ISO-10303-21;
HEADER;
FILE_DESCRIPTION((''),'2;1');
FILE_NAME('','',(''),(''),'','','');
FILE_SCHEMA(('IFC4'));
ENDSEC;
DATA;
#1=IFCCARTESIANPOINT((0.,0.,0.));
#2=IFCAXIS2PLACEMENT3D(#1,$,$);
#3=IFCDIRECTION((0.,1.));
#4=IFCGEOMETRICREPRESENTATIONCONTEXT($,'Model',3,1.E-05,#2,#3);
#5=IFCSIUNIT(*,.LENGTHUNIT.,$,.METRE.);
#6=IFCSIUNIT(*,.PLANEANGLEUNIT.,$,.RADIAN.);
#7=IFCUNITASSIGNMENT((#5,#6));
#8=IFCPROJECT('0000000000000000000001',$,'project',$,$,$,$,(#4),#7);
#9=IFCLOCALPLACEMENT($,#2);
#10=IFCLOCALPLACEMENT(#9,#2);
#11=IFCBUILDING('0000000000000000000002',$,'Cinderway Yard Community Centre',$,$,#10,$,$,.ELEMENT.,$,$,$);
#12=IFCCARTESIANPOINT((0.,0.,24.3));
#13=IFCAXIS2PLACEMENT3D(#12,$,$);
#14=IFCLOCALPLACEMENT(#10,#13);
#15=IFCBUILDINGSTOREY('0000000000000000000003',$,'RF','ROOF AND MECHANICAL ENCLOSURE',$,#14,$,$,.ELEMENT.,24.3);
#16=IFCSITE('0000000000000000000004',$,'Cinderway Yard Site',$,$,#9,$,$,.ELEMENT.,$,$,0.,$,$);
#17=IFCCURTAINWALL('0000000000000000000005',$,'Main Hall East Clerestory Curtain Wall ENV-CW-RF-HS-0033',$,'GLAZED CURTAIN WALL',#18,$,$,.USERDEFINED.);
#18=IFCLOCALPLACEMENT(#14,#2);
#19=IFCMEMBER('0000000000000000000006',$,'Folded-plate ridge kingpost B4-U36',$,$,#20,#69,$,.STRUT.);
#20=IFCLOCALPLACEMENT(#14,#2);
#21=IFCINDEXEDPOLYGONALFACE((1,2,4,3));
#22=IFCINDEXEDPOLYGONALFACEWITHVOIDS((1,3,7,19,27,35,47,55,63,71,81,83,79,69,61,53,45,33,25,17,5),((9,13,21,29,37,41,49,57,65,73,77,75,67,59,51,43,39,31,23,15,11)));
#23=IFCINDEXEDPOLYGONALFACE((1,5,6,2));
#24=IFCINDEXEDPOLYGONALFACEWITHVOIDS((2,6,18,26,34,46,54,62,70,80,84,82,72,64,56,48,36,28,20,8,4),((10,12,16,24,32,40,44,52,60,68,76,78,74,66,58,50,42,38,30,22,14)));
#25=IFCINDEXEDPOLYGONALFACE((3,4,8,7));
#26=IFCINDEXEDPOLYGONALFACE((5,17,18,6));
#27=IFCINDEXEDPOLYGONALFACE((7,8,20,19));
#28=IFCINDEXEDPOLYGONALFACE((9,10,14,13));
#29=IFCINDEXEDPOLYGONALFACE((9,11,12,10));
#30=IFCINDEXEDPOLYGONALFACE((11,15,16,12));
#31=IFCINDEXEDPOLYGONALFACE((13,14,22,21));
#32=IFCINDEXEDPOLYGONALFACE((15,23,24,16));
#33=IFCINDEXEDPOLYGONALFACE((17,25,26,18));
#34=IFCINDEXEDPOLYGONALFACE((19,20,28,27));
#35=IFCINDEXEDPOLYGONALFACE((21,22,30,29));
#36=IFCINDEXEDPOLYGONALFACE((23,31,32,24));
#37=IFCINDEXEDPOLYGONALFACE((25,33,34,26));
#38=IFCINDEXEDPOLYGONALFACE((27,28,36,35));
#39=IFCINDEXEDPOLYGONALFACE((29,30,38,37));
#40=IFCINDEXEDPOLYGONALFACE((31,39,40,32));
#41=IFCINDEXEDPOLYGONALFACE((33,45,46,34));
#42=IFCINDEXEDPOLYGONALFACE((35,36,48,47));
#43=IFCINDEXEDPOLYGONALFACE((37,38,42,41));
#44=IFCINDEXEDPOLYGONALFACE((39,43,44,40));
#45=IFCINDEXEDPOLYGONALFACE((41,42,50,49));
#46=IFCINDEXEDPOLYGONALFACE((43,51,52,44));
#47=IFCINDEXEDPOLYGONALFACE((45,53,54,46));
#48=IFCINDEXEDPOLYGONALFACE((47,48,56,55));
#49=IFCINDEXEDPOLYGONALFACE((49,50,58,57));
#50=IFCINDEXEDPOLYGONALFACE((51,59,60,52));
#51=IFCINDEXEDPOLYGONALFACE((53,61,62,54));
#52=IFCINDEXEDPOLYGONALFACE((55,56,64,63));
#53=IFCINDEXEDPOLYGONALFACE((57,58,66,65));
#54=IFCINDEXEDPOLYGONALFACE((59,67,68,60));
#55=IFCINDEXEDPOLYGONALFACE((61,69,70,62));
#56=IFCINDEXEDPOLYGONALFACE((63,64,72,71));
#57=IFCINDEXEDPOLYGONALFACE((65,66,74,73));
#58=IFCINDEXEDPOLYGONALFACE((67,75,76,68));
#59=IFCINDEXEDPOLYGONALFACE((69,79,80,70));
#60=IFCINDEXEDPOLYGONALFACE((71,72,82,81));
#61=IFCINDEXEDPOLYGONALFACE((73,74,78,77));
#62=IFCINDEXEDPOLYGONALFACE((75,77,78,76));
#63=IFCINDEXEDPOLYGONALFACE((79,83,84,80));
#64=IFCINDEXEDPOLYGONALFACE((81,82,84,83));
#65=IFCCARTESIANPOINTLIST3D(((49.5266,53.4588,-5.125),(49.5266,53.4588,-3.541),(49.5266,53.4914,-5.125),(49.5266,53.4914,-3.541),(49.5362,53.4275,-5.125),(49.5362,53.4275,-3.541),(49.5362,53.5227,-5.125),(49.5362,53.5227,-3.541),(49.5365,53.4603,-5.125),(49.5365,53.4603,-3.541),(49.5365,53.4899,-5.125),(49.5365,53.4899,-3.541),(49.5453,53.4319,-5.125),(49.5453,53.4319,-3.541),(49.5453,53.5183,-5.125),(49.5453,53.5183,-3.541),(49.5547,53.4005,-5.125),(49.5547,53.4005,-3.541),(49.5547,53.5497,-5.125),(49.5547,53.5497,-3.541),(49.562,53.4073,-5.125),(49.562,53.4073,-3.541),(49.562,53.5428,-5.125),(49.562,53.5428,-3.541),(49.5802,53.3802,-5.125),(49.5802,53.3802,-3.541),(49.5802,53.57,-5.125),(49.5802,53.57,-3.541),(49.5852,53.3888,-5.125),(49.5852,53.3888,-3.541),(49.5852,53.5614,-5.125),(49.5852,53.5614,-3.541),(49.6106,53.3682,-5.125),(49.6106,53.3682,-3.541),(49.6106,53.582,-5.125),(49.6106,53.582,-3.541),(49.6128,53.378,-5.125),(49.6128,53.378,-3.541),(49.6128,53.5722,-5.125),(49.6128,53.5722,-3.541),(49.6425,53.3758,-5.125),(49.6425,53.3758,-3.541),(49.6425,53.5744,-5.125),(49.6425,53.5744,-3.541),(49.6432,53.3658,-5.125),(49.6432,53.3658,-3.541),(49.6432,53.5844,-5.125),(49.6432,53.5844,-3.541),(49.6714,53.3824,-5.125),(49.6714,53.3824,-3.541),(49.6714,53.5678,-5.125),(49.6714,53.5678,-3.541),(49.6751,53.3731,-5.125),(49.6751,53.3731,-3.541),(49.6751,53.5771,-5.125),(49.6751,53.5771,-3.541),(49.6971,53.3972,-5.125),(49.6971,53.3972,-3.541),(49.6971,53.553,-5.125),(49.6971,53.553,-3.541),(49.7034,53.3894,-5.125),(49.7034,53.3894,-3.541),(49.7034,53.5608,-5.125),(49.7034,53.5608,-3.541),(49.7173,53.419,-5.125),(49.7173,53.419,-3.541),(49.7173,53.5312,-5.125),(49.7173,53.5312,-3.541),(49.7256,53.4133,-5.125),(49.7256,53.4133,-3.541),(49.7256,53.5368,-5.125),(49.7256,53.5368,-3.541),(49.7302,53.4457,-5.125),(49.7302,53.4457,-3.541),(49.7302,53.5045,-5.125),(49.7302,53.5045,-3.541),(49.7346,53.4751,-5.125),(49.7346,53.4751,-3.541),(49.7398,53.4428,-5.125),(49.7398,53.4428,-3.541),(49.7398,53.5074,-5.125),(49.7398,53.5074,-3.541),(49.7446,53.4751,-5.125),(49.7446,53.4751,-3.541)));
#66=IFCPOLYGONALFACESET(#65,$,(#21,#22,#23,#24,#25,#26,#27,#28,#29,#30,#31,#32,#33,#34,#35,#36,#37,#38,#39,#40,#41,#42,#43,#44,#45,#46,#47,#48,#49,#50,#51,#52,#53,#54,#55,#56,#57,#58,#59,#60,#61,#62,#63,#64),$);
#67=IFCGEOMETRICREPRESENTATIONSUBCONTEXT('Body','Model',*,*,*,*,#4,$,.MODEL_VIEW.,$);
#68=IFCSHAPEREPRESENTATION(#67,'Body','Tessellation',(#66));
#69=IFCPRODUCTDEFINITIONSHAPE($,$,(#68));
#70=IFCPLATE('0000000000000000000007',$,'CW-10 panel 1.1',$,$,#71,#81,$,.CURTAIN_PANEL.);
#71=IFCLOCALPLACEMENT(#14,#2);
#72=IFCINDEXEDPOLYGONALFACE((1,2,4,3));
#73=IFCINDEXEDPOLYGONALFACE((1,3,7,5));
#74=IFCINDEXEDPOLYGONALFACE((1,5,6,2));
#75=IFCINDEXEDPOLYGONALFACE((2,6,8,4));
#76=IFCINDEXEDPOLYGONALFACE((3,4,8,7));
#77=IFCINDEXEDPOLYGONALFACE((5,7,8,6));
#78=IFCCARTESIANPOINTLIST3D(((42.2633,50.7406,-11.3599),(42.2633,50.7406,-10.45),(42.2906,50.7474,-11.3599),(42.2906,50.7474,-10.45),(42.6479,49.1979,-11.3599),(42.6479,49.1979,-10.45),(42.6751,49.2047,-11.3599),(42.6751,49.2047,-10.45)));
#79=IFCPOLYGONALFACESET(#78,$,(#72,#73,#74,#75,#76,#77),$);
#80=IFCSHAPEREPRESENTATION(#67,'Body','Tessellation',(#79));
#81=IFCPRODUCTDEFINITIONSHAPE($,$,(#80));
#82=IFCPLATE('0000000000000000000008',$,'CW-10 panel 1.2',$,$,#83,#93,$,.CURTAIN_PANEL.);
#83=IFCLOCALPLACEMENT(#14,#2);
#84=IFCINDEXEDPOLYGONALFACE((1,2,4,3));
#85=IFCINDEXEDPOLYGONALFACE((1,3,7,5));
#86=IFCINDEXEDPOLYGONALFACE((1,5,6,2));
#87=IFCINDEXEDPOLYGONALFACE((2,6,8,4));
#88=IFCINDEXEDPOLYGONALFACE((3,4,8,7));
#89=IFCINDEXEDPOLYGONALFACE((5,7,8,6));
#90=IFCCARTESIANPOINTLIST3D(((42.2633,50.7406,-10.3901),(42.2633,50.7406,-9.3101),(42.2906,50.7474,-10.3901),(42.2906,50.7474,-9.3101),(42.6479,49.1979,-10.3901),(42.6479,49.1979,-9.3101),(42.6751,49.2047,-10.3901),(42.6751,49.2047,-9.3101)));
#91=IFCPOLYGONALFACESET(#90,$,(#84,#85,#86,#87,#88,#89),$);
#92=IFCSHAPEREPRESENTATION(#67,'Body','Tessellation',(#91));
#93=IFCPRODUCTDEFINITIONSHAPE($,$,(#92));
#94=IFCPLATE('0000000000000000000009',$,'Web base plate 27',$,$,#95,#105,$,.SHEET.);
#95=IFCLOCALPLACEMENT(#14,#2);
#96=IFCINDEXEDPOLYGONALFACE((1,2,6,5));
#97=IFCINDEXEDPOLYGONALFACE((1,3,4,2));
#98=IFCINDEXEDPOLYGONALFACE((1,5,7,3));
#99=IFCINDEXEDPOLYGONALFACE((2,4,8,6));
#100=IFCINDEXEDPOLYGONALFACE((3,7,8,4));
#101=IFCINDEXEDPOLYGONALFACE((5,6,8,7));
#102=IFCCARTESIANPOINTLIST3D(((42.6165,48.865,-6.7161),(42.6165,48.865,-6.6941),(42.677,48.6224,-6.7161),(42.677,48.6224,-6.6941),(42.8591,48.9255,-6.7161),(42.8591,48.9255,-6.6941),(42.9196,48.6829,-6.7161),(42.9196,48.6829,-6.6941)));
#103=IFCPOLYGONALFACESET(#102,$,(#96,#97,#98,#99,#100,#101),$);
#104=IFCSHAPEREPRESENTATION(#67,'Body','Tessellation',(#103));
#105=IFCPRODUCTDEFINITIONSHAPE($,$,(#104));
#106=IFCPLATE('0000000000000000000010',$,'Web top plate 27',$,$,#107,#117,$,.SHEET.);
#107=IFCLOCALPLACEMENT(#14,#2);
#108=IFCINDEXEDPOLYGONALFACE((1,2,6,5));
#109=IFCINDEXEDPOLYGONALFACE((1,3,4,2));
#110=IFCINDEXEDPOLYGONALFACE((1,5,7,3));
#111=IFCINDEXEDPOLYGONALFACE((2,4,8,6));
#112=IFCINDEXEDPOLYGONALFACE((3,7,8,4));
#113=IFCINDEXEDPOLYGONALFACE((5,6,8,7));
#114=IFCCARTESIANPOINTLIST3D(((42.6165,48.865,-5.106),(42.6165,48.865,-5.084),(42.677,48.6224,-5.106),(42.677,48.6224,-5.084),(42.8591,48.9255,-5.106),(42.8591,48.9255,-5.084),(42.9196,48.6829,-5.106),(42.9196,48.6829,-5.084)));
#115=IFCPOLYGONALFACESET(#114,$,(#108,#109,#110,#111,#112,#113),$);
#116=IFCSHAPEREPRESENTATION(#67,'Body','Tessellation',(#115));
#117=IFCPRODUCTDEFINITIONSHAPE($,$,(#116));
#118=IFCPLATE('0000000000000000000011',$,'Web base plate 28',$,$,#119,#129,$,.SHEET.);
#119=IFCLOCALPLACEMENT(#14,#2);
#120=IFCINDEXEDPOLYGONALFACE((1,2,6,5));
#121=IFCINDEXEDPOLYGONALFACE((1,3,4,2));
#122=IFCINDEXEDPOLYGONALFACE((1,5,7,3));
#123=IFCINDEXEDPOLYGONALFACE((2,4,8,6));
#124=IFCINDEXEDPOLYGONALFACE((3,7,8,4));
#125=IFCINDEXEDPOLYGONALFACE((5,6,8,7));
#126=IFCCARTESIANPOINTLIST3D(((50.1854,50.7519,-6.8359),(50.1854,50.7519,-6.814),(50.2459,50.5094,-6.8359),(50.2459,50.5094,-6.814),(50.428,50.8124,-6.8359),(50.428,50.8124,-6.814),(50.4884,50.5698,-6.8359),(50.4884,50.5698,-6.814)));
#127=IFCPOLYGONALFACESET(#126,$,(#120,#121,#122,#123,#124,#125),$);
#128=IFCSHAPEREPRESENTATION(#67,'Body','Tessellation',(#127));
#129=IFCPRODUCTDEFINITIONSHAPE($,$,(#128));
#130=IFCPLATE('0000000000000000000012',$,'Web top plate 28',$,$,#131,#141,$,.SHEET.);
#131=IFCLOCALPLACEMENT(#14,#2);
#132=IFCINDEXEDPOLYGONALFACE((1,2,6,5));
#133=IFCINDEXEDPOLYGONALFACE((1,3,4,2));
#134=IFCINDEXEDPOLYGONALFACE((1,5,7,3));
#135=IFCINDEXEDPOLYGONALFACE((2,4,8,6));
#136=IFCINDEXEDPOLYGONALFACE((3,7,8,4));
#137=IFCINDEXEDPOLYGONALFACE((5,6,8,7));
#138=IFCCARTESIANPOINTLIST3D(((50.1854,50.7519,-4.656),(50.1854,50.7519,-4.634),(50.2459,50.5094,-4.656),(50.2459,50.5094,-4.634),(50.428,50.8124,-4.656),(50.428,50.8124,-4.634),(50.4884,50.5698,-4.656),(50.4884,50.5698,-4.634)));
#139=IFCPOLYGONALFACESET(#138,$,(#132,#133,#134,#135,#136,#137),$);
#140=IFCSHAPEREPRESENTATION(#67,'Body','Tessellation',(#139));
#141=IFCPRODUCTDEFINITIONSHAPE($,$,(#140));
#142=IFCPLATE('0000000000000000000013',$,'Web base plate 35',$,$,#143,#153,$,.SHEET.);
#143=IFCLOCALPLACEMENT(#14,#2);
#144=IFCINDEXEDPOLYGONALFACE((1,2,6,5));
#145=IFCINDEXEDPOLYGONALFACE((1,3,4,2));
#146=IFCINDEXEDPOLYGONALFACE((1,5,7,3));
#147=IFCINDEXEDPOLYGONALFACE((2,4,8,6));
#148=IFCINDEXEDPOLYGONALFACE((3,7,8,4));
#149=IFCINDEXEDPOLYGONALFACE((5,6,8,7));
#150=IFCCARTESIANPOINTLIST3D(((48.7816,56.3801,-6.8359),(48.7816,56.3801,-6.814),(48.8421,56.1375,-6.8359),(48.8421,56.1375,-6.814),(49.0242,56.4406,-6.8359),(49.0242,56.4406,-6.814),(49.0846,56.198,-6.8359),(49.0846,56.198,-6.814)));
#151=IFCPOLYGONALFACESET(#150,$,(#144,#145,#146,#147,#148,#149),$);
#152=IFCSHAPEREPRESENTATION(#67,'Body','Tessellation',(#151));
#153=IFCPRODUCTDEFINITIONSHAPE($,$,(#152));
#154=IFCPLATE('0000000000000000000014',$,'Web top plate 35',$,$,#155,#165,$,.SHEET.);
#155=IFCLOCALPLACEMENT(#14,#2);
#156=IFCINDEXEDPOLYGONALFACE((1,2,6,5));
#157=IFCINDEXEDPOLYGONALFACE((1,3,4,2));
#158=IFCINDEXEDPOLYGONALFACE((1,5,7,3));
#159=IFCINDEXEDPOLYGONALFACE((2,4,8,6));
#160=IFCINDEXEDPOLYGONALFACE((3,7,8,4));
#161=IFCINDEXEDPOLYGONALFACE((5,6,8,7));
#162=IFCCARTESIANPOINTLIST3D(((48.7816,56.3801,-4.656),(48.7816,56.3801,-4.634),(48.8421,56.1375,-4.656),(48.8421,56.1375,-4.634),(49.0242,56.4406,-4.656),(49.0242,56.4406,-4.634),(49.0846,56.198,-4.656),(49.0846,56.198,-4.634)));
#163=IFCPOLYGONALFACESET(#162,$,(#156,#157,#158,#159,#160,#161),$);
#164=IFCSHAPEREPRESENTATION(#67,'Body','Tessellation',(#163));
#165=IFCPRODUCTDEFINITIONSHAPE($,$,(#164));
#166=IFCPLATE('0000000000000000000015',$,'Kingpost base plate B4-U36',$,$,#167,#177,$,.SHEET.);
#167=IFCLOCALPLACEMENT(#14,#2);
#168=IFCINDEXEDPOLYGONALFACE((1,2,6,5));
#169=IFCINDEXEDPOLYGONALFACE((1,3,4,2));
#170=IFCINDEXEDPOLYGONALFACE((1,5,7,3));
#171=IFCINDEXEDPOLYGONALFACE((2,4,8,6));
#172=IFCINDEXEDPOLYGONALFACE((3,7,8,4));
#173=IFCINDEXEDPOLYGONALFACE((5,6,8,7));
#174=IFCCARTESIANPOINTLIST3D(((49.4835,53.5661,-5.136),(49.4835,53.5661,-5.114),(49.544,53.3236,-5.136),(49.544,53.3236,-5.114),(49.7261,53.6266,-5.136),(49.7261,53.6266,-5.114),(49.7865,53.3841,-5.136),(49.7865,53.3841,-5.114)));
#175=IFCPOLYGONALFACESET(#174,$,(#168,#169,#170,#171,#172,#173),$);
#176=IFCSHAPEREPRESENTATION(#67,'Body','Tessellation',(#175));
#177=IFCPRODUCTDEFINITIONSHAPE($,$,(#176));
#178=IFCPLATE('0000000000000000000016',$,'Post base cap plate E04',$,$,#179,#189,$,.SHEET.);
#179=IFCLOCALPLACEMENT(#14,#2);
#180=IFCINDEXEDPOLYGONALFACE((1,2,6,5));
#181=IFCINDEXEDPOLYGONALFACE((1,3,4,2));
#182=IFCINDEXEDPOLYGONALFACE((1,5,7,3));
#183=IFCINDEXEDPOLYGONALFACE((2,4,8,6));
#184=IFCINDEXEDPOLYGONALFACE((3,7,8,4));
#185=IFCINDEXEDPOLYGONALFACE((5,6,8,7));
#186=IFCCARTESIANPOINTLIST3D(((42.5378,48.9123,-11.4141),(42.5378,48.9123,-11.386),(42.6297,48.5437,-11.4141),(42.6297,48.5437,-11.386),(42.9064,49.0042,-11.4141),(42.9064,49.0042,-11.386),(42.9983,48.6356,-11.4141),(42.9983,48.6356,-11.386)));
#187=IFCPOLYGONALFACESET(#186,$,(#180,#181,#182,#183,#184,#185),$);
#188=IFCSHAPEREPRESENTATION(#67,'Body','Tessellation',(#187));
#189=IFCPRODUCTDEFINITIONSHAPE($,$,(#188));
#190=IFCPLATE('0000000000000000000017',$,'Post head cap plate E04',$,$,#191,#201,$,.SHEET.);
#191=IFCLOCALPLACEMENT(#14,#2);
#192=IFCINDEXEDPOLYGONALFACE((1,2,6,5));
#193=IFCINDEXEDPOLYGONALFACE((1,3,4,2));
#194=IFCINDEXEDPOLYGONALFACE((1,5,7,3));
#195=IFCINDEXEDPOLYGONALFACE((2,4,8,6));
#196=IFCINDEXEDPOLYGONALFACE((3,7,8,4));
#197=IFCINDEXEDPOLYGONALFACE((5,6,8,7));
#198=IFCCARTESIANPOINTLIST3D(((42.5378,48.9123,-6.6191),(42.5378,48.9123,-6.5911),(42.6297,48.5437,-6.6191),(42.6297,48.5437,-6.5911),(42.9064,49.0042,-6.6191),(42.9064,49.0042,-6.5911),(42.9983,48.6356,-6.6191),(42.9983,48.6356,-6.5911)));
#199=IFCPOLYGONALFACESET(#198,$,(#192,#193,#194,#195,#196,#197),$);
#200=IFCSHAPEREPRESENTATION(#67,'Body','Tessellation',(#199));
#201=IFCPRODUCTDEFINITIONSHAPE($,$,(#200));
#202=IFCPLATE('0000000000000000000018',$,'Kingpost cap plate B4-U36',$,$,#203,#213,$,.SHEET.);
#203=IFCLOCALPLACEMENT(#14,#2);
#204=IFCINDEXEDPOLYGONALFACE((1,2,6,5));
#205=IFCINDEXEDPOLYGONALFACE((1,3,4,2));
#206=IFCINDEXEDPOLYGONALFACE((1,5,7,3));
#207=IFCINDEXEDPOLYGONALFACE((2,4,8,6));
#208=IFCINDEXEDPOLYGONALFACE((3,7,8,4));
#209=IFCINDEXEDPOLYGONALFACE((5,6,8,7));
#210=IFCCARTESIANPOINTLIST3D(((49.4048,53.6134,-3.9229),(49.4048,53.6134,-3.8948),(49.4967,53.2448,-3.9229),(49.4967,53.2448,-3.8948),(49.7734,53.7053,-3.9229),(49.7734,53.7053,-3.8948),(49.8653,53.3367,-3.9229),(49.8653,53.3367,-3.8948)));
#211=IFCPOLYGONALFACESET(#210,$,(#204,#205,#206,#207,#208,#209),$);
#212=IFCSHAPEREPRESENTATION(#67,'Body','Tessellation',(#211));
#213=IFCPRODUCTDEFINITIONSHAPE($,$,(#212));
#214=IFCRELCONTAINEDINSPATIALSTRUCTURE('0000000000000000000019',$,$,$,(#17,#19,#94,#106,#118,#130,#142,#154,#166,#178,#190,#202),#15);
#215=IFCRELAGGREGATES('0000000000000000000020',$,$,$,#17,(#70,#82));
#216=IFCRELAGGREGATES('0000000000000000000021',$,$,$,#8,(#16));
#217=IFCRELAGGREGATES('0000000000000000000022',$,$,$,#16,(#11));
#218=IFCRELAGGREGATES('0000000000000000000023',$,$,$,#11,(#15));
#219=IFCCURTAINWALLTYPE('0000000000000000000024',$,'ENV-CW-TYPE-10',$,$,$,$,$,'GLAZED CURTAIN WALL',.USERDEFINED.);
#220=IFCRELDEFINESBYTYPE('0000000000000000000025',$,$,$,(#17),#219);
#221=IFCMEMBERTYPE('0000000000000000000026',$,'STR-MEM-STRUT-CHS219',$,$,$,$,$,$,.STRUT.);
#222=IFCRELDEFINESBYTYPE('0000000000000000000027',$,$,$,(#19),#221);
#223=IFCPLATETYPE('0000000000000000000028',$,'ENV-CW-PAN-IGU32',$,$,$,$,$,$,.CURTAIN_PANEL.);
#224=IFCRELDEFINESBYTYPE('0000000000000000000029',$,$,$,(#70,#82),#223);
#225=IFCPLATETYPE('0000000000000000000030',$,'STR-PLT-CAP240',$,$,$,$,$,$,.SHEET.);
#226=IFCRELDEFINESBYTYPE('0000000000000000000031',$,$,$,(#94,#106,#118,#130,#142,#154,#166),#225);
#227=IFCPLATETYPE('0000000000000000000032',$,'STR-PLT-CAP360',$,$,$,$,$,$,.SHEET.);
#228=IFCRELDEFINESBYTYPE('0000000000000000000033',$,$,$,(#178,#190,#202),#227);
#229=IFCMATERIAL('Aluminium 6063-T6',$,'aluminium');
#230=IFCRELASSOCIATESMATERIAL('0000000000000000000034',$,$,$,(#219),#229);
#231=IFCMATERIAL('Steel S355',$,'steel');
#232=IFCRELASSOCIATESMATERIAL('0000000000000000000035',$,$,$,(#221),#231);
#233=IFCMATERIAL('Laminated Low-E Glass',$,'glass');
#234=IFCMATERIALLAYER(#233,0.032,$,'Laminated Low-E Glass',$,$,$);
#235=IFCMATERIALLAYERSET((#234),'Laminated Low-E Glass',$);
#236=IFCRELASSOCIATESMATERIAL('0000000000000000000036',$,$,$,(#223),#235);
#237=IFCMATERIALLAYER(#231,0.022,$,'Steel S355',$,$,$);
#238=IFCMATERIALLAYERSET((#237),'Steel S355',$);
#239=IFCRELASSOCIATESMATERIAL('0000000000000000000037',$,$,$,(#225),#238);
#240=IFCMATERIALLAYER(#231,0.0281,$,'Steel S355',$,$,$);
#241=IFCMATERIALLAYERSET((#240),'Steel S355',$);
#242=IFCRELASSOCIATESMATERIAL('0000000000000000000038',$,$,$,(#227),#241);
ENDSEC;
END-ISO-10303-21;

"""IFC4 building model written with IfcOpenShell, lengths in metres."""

from ifc_helpers import new_model, si_unit, direction, frame, origin, origin_2d, place, context, subcontext, project, spatial, rectangle, hollow_circle, extrude, material, layer, layer_set, material_profile, profile_set, type_object, element, aggregate, save


model = new_model("IFC4")

# Units and contexts
model_context = context("Model", 3, precision=1e-05, world=origin(), true_north=direction((0.0, 1.0)))
body_context = subcontext(model_context, "Body", "Model", "MODEL_VIEW")
ifc_project = project(units=[si_unit("LENGTHUNIT", "METRE"), si_unit("PLANEANGLEUNIT", "RADIAN")], contexts=[model_context])

# Site, building, storey
site_placement = place(None, origin())
site = spatial("IfcSite", under=ifc_project, at=site_placement, Name="Cinderway Yard Site", CompositionType="ELEMENT", RefElevation=0.0)
building_placement = place(site_placement, origin())
building = spatial("IfcBuilding", under=site, at=building_placement, Name="Cinderway Yard Community Centre", CompositionType="ELEMENT")
storey_placement = place(building_placement, frame((0.0, 0.0, 24.3)))
storey = spatial("IfcBuildingStorey", under=building, at=storey_placement, Name="RF", Description="ROOF AND MECHANICAL ENCLOSURE", CompositionType="ELEMENT", Elevation=24.3)

# Shared definitions
ifc_material_1 = material(Name="Steel S355", Category="steel")

# Shared definitions
ifc_material_2 = material(Name="Aluminium 6063-T6", Category="aluminium")
curtain_wall_type = type_object("IfcCurtainWallType", Name="ENV-CW-TYPE-10", ElementType="GLAZED CURTAIN WALL", PredefinedType="USERDEFINED", material=ifc_material_2)

# Curtain wall
curtain_wall_1_placement = place(storey_placement, origin())
curtain_wall_1 = element("IfcCurtainWall", 1, at=curtain_wall_1_placement, inside=storey, type_object=curtain_wall_type, Name="Main Hall East Clerestory Curtain Wall ENV-CW-RF-HS-0033", ObjectType="GLAZED CURTAIN WALL", PredefinedType="USERDEFINED")

# Member
ifc_material_profile_1 = material_profile(ifc_material_1, hollow_circle(Radius=0.1096, WallThickness=0.01, at=origin_2d()), Name="Steel S355")
ifc_profile_set_1 = profile_set([ifc_material_profile_1], Name="Steel S355")
member_type_1 = type_object("IfcMemberType", Name="STR-MEM-STRUT-CHS219", PredefinedType="STRUT", material=ifc_profile_set_1)
member_1_placement = place(storey_placement, frame((49.635, 53.4751, -5.125), z_axis=(0.0, 0.0, 1.0), x_axis=(1.0, 0.0, 0.0)))
element("IfcMember", 2, at=member_1_placement, inside=storey, type_object=member_type_1, Name="Folded-plate ridge kingpost B4-U36", PredefinedType="STRUT", context=body_context, shape_type="SweptSolid", body=[
    extrude(hollow_circle(Radius=0.1096, WallThickness=0.01, at=origin_2d()), origin(), (0.0, 0.0, 1.0), 1.584),
])

# Plates
ifc_material_3 = material(Name="Laminated Low-E Glass", Category="glass")
ifc_layer_1 = layer(ifc_material_3, 0.032, Name="Laminated Low-E Glass")
ifc_layer_set_1 = layer_set([ifc_layer_1], Name="Laminated Low-E Glass")
plate_type_1 = type_object("IfcPlateType", Name="ENV-CW-PAN-IGU32", PredefinedType="CURTAIN_PANEL", material=ifc_layer_set_1)
plate_1_placement = place(storey_placement, frame((42.4692, 49.9727, -11.3599), z_axis=(0.0, 0.0, 1.0), x_axis=(-0.241882, 0.970306, 0.0)))
plate_1 = element("IfcPlate", 3, at=plate_1_placement, type_object=plate_type_1, Name="CW-10 panel 1.1", PredefinedType="CURTAIN_PANEL", context=body_context, shape_type="SweptSolid", body=[
    extrude(rectangle(XDim=1.5898, YDim=0.0281, at=origin_2d()), origin(), (0.0, 0.0, 1.0), 0.9099),
])
plate_2_placement = place(storey_placement, frame((42.4692, 49.9727, -10.3901), z_axis=(0.0, 0.0, 1.0), x_axis=(-0.241882, 0.970306, 0.0)))
plate_2 = element("IfcPlate", 4, at=plate_2_placement, type_object=plate_type_1, Name="CW-10 panel 1.2", PredefinedType="CURTAIN_PANEL", context=body_context, shape_type="SweptSolid", body=[
    extrude(rectangle(XDim=1.5898, YDim=0.0281, at=origin_2d()), origin(), (0.0, 0.0, 1.0), 1.0801),
])
aggregate(curtain_wall_1, [plate_1, plate_2])

# Plates
ifc_layer_2 = layer(ifc_material_1, 0.022, Name="Steel S355")
ifc_layer_set_2 = layer_set([ifc_layer_2], Name="Steel S355")
plate_type_2 = type_object("IfcPlateType", Name="STR-PLT-CAP240", PredefinedType="SHEET", material=ifc_layer_set_2)
for number, where, z_axis, x_axis, name in (
    (5, (42.7681, 48.7739, -6.7161), (0.0, 0.0, 1.0), (0.970296, 0.241922, 0.0), "Web base plate 27"),
    (6, (42.7681, 48.7739, -5.106), (0.0, 0.0, 1.0), (0.970296, 0.241922, 0.0), "Web top plate 27"),
    (7, (50.3369, 50.6609, -6.8359), (0.0, 0.0, 1.0), (0.970296, 0.241922, 0.0), "Web base plate 28"),
    (8, (50.3369, 50.6609, -4.656), (0.0, 0.0, 1.0), (0.970296, 0.241922, 0.0), "Web top plate 28"),
    (9, (48.9331, 56.2891, -6.8359), (0.0, 0.0, 1.0), (0.970296, 0.241922, 0.0), "Web base plate 35"),
    (10, (48.9331, 56.2891, -4.656), (0.0, 0.0, 1.0), (0.970296, 0.241922, 0.0), "Web top plate 35"),
    (11, (49.635, 53.4751, -5.136), (0.0, 0.0, 1.0), (0.970296, 0.241922, 0.0), "Kingpost base plate B4-U36"),
):
    element("IfcPlate", number, at=place(storey_placement, frame(where, z_axis=z_axis, x_axis=x_axis)), inside=storey, type_object=plate_type_2, Name=name, PredefinedType="SHEET", context=body_context, shape_type="SweptSolid", body=[
        extrude(rectangle(XDim=0.25, YDim=0.25, at=origin_2d()), origin(), (0.0, 0.0, 1.0), 0.022),
    ])
ifc_layer_3 = layer(ifc_material_1, 0.0281, Name="Steel S355")
ifc_layer_set_3 = layer_set([ifc_layer_3], Name="Steel S355")
plate_type_3 = type_object("IfcPlateType", Name="STR-PLT-CAP360", PredefinedType="SHEET", material=ifc_layer_set_3)
for number, where, z_axis, x_axis, name in (
    (12, (42.7681, 48.7739, -11.4141), (0.0, 0.0, 1.0), (0.970296, 0.241922, 0.0), "Post base cap plate E04"),
    (13, (42.7681, 48.7739, -6.6191), (0.0, 0.0, 1.0), (0.970296, 0.241922, 0.0), "Post head cap plate E04"),
    (14, (49.635, 53.4751, -3.9229), (0.0, 0.0, 1.0), (0.970296, 0.241922, 0.0), "Kingpost cap plate B4-U36"),
):
    element("IfcPlate", number, at=place(storey_placement, frame(where, z_axis=z_axis, x_axis=x_axis)), inside=storey, type_object=plate_type_3, Name=name, PredefinedType="SHEET", context=body_context, shape_type="SweptSolid", body=[
        extrude(rectangle(XDim=0.3799, YDim=0.3799, at=origin_2d()), origin(), (0.0, 0.0, 1.0), 0.0281),
    ])

save(model, "model.ifc")
